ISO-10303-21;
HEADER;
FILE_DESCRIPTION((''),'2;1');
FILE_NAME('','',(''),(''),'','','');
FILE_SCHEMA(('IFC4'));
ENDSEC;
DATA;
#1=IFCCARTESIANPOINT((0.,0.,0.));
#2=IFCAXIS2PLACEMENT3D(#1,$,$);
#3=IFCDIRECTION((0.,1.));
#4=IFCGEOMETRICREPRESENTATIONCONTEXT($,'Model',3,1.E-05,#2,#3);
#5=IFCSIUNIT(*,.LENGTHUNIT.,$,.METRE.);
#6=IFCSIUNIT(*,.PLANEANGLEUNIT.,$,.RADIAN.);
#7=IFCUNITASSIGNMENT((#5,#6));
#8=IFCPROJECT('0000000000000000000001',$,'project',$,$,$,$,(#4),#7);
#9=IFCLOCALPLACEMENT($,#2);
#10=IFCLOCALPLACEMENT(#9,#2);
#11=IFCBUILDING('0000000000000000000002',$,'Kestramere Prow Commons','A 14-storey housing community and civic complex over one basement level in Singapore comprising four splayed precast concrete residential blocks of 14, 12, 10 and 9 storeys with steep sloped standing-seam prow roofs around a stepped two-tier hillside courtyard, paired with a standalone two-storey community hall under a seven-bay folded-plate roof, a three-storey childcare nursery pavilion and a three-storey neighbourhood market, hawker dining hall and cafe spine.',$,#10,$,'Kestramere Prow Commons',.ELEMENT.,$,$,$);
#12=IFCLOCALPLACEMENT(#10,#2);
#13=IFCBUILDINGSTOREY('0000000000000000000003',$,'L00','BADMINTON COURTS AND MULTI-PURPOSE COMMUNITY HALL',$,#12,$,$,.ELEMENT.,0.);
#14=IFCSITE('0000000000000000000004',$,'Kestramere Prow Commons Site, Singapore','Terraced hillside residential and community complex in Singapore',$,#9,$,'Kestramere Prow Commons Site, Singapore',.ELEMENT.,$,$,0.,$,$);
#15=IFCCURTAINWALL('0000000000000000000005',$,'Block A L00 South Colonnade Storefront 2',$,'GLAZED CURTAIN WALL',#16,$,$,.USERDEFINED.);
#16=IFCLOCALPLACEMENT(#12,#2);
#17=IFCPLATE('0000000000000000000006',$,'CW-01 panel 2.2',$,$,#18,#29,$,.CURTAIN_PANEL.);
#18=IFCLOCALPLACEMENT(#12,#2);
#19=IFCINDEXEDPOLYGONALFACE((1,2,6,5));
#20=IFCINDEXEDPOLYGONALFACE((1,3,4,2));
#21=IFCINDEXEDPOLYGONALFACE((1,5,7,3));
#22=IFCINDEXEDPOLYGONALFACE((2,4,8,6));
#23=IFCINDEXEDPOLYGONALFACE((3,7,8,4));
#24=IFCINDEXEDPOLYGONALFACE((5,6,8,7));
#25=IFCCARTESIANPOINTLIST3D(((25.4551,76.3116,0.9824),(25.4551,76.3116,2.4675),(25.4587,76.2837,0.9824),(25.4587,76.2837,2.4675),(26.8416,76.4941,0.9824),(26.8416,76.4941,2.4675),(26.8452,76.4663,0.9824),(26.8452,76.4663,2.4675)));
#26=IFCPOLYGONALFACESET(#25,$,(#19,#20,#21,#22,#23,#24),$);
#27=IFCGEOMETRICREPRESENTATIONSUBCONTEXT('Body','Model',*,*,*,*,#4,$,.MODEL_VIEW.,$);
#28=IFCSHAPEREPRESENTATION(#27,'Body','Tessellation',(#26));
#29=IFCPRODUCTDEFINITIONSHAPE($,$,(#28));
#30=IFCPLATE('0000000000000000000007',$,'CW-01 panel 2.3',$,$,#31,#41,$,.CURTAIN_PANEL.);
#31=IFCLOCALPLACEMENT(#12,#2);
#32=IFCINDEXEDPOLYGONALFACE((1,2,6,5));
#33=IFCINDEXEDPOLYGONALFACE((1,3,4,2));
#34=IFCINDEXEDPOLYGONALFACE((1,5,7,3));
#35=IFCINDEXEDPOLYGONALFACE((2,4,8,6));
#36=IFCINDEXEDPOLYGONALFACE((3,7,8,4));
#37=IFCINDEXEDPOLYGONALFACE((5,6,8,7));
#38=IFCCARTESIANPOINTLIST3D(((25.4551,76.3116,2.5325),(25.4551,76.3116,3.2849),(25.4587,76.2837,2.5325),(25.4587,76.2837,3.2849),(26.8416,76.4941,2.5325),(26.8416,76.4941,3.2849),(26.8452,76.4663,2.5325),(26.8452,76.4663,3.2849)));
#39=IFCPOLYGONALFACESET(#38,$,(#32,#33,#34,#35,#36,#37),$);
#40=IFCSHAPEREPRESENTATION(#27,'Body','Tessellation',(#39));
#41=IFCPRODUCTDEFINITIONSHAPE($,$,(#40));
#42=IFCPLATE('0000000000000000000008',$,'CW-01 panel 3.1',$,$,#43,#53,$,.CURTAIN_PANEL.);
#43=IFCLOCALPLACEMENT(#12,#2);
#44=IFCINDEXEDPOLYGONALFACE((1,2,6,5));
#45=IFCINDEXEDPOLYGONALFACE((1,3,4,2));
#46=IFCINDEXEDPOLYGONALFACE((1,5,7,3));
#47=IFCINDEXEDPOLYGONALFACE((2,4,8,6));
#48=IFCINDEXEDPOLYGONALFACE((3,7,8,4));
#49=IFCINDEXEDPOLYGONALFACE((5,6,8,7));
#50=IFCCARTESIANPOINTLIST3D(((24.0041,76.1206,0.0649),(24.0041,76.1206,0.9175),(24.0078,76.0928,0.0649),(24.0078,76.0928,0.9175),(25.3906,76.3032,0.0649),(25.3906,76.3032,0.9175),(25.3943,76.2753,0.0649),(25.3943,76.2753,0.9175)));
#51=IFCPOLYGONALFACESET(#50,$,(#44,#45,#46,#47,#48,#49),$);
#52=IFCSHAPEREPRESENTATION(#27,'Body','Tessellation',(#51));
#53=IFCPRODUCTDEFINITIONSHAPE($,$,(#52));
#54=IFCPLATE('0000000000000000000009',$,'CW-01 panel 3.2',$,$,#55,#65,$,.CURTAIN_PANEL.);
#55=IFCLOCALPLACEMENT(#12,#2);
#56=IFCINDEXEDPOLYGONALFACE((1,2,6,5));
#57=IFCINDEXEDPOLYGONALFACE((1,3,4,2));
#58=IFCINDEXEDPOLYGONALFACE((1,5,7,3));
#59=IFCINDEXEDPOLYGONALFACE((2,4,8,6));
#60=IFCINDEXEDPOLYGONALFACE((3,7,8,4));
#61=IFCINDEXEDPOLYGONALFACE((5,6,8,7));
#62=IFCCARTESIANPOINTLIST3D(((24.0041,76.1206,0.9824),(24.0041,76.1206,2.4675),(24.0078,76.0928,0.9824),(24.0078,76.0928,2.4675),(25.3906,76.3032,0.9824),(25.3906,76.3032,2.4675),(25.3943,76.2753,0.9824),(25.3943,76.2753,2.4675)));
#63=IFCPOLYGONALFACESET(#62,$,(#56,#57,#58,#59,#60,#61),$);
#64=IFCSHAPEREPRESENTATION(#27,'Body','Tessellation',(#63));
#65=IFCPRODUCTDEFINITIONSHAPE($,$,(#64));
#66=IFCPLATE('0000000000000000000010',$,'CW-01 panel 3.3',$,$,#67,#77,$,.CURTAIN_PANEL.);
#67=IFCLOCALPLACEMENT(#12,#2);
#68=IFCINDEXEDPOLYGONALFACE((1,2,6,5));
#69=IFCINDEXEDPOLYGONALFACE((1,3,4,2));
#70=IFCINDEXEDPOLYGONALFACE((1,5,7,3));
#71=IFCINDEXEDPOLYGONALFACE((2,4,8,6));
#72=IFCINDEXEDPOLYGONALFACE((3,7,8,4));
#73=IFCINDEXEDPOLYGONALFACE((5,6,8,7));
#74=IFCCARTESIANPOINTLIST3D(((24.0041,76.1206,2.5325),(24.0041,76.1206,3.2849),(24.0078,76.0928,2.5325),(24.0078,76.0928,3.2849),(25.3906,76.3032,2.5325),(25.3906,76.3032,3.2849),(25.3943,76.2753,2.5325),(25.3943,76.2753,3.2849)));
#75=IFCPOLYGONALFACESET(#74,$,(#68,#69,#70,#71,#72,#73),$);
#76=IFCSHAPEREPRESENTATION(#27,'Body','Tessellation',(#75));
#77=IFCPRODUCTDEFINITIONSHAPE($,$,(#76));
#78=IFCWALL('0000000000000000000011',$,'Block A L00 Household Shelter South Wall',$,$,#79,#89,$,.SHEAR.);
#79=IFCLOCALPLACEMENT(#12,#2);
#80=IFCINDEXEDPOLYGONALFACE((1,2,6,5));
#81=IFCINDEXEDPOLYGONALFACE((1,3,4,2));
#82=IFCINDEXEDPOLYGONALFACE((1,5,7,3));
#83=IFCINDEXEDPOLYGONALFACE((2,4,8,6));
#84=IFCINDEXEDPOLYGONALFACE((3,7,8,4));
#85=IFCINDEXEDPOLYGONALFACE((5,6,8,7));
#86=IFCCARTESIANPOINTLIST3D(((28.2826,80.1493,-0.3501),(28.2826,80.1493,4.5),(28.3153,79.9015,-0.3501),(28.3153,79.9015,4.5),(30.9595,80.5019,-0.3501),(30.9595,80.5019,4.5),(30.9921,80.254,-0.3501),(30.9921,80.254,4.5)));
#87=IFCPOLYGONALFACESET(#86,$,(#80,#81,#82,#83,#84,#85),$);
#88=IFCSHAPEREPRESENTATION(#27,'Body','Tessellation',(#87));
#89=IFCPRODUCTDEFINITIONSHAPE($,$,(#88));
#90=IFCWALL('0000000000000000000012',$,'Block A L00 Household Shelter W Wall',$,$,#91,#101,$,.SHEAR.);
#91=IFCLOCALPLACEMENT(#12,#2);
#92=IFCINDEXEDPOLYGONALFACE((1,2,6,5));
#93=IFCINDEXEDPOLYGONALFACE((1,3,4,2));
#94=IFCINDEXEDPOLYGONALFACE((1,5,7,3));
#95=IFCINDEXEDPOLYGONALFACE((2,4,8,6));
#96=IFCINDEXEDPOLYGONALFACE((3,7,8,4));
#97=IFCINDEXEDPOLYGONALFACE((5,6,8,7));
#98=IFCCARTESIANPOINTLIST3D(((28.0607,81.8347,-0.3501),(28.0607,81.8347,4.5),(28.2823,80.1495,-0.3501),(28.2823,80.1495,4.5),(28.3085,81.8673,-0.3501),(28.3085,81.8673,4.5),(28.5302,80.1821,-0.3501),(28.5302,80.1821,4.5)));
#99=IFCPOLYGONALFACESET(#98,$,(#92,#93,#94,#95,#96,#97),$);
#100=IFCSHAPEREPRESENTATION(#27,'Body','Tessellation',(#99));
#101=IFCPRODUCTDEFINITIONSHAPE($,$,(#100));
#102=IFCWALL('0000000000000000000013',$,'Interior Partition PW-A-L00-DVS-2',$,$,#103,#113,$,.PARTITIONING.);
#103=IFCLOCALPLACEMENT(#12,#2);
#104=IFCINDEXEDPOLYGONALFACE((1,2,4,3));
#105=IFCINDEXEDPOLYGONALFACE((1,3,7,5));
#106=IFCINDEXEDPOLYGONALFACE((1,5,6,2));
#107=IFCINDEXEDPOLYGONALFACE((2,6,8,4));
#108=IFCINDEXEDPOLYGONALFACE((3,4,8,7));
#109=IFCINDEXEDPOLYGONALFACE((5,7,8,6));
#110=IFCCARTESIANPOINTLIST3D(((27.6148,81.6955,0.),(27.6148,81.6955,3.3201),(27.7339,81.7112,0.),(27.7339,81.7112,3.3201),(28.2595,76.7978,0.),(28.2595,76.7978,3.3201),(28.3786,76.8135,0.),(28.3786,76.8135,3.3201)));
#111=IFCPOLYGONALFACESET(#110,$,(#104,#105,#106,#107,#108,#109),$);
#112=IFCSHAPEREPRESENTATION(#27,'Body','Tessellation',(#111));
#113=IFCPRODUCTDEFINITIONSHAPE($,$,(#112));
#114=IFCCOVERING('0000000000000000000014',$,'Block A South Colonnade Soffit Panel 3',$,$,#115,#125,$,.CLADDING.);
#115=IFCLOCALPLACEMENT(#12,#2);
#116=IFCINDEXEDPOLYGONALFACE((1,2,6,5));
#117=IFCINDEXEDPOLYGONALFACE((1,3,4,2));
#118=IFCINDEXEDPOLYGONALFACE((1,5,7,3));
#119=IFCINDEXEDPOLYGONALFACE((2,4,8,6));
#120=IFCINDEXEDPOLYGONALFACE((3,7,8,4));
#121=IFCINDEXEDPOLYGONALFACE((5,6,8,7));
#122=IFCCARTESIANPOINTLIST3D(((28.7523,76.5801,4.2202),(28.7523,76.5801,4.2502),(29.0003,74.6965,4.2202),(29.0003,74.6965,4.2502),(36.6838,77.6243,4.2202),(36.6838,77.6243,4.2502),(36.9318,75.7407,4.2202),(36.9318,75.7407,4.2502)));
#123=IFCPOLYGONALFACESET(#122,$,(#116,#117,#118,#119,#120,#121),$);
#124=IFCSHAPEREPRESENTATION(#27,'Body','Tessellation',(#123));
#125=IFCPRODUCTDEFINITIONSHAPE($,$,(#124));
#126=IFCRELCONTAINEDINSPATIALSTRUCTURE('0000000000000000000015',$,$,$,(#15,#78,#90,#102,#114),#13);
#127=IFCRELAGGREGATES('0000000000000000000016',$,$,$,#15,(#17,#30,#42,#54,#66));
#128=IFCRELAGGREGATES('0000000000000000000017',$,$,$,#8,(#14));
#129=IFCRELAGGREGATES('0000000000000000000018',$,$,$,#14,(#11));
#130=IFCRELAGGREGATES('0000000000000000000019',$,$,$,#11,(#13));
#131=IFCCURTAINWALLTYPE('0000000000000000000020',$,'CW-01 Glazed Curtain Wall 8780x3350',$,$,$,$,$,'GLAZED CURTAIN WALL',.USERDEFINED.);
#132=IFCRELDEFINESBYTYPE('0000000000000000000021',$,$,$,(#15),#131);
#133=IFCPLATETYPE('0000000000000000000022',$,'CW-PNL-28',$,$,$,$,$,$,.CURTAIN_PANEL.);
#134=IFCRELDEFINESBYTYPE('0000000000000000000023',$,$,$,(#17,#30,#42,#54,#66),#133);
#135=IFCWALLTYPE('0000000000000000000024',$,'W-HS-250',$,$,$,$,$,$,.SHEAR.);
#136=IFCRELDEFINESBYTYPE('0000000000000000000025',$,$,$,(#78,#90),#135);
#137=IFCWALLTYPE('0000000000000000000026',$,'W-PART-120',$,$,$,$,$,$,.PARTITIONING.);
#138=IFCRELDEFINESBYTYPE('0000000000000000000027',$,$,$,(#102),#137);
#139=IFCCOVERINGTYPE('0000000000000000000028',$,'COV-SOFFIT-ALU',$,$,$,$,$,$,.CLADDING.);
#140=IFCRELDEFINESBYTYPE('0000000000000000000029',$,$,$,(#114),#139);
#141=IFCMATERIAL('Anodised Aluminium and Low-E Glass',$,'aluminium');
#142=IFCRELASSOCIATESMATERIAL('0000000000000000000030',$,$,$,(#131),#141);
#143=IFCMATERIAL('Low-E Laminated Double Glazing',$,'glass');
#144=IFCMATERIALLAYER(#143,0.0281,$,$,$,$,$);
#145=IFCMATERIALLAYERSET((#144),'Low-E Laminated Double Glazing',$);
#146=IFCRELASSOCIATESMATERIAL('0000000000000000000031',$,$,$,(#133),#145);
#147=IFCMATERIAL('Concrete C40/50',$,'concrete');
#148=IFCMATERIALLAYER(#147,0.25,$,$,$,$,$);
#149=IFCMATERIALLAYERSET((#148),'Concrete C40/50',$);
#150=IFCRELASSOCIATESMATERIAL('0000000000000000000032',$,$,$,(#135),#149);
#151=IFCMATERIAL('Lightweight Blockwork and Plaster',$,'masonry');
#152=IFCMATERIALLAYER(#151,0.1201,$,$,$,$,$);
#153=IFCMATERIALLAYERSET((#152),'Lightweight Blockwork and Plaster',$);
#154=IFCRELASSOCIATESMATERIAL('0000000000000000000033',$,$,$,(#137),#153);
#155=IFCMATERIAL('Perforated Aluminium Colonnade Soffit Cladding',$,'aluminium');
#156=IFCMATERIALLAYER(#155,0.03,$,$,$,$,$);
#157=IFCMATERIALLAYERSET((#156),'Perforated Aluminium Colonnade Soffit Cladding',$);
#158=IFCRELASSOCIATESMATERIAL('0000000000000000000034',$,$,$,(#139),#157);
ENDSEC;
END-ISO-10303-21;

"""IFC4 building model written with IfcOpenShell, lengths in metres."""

from ifc_helpers import new_model, si_unit, direction, frame, frame_2d, origin, origin_2d, place, context, subcontext, project, spatial, rectangle, extrude, material, layer, layer_set, type_object, element, aggregate, save


model = new_model("IFC4")

# Units and contexts
model_context = context("Model", 3, precision=1e-05, world=origin(), true_north=direction((0.0, 1.0)))
body_context = subcontext(model_context, "Body", "Model", "MODEL_VIEW")
ifc_project = project(units=[si_unit("LENGTHUNIT", "METRE"), si_unit("PLANEANGLEUNIT", "RADIAN")], contexts=[model_context])

# Site, building, storey
site_placement = place(None, origin())
site = spatial("IfcSite", under=ifc_project, at=site_placement, Name="Kestramere Prow Commons Site, Singapore", Description="Terraced hillside residential and community complex in Singapore", LongName="Kestramere Prow Commons Site, Singapore", CompositionType="ELEMENT", RefElevation=0.0)
building_placement = place(site_placement, origin())
building = spatial("IfcBuilding", under=site, at=building_placement, Name="Kestramere Prow Commons", Description="A 14-storey housing community and civic complex over one basement level in Singapore comprising four splayed precast concrete residential blocks of 14, 12, 10 and 9 storeys with steep sloped standing-seam prow roofs around a stepped two-tier hillside courtyard, paired with a standalone two-storey community hall under a seven-bay folded-plate roof, a three-storey childcare nursery pavilion and a three-storey neighbourhood market, hawker dining hall and cafe spine.", LongName="Kestramere Prow Commons", CompositionType="ELEMENT")
storey_placement = place(building_placement, origin())
storey = spatial("IfcBuildingStorey", under=building, at=storey_placement, Name="L00", Description="BADMINTON COURTS AND MULTI-PURPOSE COMMUNITY HALL", CompositionType="ELEMENT", Elevation=0.0)

# Curtain wall, plates
ifc_material_1 = material(Name="Anodised Aluminium and Low-E Glass", Category="aluminium")
curtain_wall_type = type_object("IfcCurtainWallType", Name="CW-01 Glazed Curtain Wall 8780x3350", ElementType="GLAZED CURTAIN WALL", PredefinedType="USERDEFINED", material=ifc_material_1)
curtain_wall_placement = place(storey_placement, origin())
curtain_wall = element("IfcCurtainWall", 1, at=curtain_wall_placement, inside=storey, type_object=curtain_wall_type, Name="Block A L00 South Colonnade Storefront 2", ObjectType="GLAZED CURTAIN WALL", PredefinedType="USERDEFINED")
ifc_material_2 = material(Name="Low-E Laminated Double Glazing", Category="glass")
ifc_layer_1 = layer(ifc_material_2, 0.0281)
ifc_layer_set_1 = layer_set([ifc_layer_1], Name="Low-E Laminated Double Glazing")
plate_type = type_object("IfcPlateType", Name="CW-PNL-28", PredefinedType="CURTAIN_PANEL", material=ifc_layer_set_1)
plate_1_placement = place(storey_placement, frame((26.1501, 76.3889, 0.9824), z_axis=(0.0, 0.0, 1.0), x_axis=(-0.991445, -0.130526, 0.0)))
plate_1 = element("IfcPlate", 2, at=plate_1_placement, type_object=plate_type, Name="CW-01 panel 2.2", PredefinedType="CURTAIN_PANEL", context=body_context, shape_type="SweptSolid", body=[
    extrude(rectangle(XDim=1.3984, YDim=0.0281, at=origin_2d()), origin(), (0.0, 0.0, 1.0), 1.4851),
])
plate_2_placement = place(storey_placement, frame((26.1501, 76.3889, 2.5325), z_axis=(0.0, 0.0, 1.0), x_axis=(-0.991445, -0.130526, 0.0)))
plate_2 = element("IfcPlate", 3, at=plate_2_placement, type_object=plate_type, Name="CW-01 panel 2.3", PredefinedType="CURTAIN_PANEL", context=body_context, shape_type="SweptSolid", body=[
    extrude(rectangle(XDim=1.3984, YDim=0.0281, at=origin_2d()), origin(), (0.0, 0.0, 1.0), 0.7524),
])
plate_3_placement = place(storey_placement, frame((24.6992, 76.198, 0.0649), z_axis=(0.0, 0.0, 1.0), x_axis=(-0.991445, -0.130526, 0.0)))
plate_3 = element("IfcPlate", 4, at=plate_3_placement, type_object=plate_type, Name="CW-01 panel 3.1", PredefinedType="CURTAIN_PANEL", context=body_context, shape_type="SweptSolid", body=[
    extrude(rectangle(XDim=1.3984, YDim=0.0281, at=origin_2d()), origin(), (0.0, 0.0, 1.0), 0.8525),
])
plate_4_placement = place(storey_placement, frame((24.6992, 76.198, 0.9824), z_axis=(0.0, 0.0, 1.0), x_axis=(-0.991445, -0.130526, 0.0)))
plate_4 = element("IfcPlate", 5, at=plate_4_placement, type_object=plate_type, Name="CW-01 panel 3.2", PredefinedType="CURTAIN_PANEL", context=body_context, shape_type="SweptSolid", body=[
    extrude(rectangle(XDim=1.3984, YDim=0.0281, at=origin_2d()), origin(), (0.0, 0.0, 1.0), 1.4851),
])
plate_5_placement = place(storey_placement, frame((24.6992, 76.198, 2.5325), z_axis=(0.0, 0.0, 1.0), x_axis=(-0.991445, -0.130526, 0.0)))
plate_5 = element("IfcPlate", 6, at=plate_5_placement, type_object=plate_type, Name="CW-01 panel 3.3", PredefinedType="CURTAIN_PANEL", context=body_context, shape_type="SweptSolid", body=[
    extrude(rectangle(XDim=1.3984, YDim=0.0281, at=origin_2d()), origin(), (0.0, 0.0, 1.0), 0.7524),
])
aggregate(curtain_wall, [plate_1, plate_2, plate_3, plate_4, plate_5])

# Walls
ifc_material_3 = material(Name="Concrete C40/50", Category="concrete")
ifc_layer_2 = layer(ifc_material_3, 0.25)
ifc_layer_set_2 = layer_set([ifc_layer_2], Name="Concrete C40/50")
wall_type_1 = type_object("IfcWallType", Name="W-HS-250", PredefinedType="SHEAR", material=ifc_layer_set_2)
wall_1_placement = place(storey_placement, frame((28.2988, 80.0254, -0.3501), z_axis=(0.0, 0.0, 1.0), x_axis=(0.991438, 0.130576, 0.0)))
element("IfcWall", 7, at=wall_1_placement, inside=storey, type_object=wall_type_1, Name="Block A L00 Household Shelter South Wall", PredefinedType="SHEAR", context=body_context, shape_type="SweptSolid", body=[
    extrude(rectangle(XDim=2.7, YDim=0.25, at=frame_2d((1.3501, 0.0))), origin(), (0.0, 0.0, 1.0), 4.8501),
])
wall_2_placement = place(storey_placement, frame((28.4062, 80.1658, -0.3501), z_axis=(0.0, 0.0, 1.0), x_axis=(-0.130414, 0.99146, 0.0)))
element("IfcWall", 8, at=wall_2_placement, inside=storey, type_object=wall_type_1, Name="Block A L00 Household Shelter W Wall", PredefinedType="SHEAR", context=body_context, shape_type="SweptSolid", body=[
    extrude(rectangle(XDim=1.6997, YDim=0.25, at=frame_2d((0.8499, 0.0))), origin(), (0.0, 0.0, 1.0), 4.8501),
])
ifc_material_4 = material(Name="Lightweight Blockwork and Plaster", Category="masonry")
ifc_layer_3 = layer(ifc_material_4, 0.1201)
ifc_layer_set_3 = layer_set([ifc_layer_3], Name="Lightweight Blockwork and Plaster")
wall_type_2 = type_object("IfcWallType", Name="W-PART-120", PredefinedType="PARTITIONING", material=ifc_layer_set_3)
wall_3_placement = place(storey_placement, frame((28.3191, 76.8057, 0.0), z_axis=(0.0, 0.0, 1.0), x_axis=(-0.130522, 0.991445, 0.0)))
element("IfcWall", 9, at=wall_3_placement, inside=storey, type_object=wall_type_2, Name="Interior Partition PW-A-L00-DVS-2", PredefinedType="PARTITIONING", context=body_context, shape_type="SweptSolid", body=[
    extrude(rectangle(XDim=4.9399, YDim=0.1201, at=frame_2d((2.47, 0.0))), origin(), (0.0, 0.0, 1.0), 3.3201),
])

# Covering
ifc_material_5 = material(Name="Perforated Aluminium Colonnade Soffit Cladding", Category="aluminium")
ifc_layer_4 = layer(ifc_material_5, 0.03)
ifc_layer_set_4 = layer_set([ifc_layer_4], Name="Perforated Aluminium Colonnade Soffit Cladding")
covering_type = type_object("IfcCoveringType", Name="COV-SOFFIT-ALU", PredefinedType="CLADDING", material=ifc_layer_set_4)
covering_placement = place(storey_placement, frame((32.842, 76.1604, 4.2202), z_axis=(0.0, 0.0, 1.0), x_axis=(0.991445, 0.130526, 0.0)))
element("IfcCovering", 10, at=covering_placement, inside=storey, type_object=covering_type, Name="Block A South Colonnade Soffit Panel 3", PredefinedType="CLADDING", context=body_context, shape_type="SweptSolid", body=[
    extrude(rectangle(XDim=8.0, YDim=1.8999, at=origin_2d()), origin(), (0.0, 0.0, 1.0), 0.03),
])

save(model, "model.ifc")
